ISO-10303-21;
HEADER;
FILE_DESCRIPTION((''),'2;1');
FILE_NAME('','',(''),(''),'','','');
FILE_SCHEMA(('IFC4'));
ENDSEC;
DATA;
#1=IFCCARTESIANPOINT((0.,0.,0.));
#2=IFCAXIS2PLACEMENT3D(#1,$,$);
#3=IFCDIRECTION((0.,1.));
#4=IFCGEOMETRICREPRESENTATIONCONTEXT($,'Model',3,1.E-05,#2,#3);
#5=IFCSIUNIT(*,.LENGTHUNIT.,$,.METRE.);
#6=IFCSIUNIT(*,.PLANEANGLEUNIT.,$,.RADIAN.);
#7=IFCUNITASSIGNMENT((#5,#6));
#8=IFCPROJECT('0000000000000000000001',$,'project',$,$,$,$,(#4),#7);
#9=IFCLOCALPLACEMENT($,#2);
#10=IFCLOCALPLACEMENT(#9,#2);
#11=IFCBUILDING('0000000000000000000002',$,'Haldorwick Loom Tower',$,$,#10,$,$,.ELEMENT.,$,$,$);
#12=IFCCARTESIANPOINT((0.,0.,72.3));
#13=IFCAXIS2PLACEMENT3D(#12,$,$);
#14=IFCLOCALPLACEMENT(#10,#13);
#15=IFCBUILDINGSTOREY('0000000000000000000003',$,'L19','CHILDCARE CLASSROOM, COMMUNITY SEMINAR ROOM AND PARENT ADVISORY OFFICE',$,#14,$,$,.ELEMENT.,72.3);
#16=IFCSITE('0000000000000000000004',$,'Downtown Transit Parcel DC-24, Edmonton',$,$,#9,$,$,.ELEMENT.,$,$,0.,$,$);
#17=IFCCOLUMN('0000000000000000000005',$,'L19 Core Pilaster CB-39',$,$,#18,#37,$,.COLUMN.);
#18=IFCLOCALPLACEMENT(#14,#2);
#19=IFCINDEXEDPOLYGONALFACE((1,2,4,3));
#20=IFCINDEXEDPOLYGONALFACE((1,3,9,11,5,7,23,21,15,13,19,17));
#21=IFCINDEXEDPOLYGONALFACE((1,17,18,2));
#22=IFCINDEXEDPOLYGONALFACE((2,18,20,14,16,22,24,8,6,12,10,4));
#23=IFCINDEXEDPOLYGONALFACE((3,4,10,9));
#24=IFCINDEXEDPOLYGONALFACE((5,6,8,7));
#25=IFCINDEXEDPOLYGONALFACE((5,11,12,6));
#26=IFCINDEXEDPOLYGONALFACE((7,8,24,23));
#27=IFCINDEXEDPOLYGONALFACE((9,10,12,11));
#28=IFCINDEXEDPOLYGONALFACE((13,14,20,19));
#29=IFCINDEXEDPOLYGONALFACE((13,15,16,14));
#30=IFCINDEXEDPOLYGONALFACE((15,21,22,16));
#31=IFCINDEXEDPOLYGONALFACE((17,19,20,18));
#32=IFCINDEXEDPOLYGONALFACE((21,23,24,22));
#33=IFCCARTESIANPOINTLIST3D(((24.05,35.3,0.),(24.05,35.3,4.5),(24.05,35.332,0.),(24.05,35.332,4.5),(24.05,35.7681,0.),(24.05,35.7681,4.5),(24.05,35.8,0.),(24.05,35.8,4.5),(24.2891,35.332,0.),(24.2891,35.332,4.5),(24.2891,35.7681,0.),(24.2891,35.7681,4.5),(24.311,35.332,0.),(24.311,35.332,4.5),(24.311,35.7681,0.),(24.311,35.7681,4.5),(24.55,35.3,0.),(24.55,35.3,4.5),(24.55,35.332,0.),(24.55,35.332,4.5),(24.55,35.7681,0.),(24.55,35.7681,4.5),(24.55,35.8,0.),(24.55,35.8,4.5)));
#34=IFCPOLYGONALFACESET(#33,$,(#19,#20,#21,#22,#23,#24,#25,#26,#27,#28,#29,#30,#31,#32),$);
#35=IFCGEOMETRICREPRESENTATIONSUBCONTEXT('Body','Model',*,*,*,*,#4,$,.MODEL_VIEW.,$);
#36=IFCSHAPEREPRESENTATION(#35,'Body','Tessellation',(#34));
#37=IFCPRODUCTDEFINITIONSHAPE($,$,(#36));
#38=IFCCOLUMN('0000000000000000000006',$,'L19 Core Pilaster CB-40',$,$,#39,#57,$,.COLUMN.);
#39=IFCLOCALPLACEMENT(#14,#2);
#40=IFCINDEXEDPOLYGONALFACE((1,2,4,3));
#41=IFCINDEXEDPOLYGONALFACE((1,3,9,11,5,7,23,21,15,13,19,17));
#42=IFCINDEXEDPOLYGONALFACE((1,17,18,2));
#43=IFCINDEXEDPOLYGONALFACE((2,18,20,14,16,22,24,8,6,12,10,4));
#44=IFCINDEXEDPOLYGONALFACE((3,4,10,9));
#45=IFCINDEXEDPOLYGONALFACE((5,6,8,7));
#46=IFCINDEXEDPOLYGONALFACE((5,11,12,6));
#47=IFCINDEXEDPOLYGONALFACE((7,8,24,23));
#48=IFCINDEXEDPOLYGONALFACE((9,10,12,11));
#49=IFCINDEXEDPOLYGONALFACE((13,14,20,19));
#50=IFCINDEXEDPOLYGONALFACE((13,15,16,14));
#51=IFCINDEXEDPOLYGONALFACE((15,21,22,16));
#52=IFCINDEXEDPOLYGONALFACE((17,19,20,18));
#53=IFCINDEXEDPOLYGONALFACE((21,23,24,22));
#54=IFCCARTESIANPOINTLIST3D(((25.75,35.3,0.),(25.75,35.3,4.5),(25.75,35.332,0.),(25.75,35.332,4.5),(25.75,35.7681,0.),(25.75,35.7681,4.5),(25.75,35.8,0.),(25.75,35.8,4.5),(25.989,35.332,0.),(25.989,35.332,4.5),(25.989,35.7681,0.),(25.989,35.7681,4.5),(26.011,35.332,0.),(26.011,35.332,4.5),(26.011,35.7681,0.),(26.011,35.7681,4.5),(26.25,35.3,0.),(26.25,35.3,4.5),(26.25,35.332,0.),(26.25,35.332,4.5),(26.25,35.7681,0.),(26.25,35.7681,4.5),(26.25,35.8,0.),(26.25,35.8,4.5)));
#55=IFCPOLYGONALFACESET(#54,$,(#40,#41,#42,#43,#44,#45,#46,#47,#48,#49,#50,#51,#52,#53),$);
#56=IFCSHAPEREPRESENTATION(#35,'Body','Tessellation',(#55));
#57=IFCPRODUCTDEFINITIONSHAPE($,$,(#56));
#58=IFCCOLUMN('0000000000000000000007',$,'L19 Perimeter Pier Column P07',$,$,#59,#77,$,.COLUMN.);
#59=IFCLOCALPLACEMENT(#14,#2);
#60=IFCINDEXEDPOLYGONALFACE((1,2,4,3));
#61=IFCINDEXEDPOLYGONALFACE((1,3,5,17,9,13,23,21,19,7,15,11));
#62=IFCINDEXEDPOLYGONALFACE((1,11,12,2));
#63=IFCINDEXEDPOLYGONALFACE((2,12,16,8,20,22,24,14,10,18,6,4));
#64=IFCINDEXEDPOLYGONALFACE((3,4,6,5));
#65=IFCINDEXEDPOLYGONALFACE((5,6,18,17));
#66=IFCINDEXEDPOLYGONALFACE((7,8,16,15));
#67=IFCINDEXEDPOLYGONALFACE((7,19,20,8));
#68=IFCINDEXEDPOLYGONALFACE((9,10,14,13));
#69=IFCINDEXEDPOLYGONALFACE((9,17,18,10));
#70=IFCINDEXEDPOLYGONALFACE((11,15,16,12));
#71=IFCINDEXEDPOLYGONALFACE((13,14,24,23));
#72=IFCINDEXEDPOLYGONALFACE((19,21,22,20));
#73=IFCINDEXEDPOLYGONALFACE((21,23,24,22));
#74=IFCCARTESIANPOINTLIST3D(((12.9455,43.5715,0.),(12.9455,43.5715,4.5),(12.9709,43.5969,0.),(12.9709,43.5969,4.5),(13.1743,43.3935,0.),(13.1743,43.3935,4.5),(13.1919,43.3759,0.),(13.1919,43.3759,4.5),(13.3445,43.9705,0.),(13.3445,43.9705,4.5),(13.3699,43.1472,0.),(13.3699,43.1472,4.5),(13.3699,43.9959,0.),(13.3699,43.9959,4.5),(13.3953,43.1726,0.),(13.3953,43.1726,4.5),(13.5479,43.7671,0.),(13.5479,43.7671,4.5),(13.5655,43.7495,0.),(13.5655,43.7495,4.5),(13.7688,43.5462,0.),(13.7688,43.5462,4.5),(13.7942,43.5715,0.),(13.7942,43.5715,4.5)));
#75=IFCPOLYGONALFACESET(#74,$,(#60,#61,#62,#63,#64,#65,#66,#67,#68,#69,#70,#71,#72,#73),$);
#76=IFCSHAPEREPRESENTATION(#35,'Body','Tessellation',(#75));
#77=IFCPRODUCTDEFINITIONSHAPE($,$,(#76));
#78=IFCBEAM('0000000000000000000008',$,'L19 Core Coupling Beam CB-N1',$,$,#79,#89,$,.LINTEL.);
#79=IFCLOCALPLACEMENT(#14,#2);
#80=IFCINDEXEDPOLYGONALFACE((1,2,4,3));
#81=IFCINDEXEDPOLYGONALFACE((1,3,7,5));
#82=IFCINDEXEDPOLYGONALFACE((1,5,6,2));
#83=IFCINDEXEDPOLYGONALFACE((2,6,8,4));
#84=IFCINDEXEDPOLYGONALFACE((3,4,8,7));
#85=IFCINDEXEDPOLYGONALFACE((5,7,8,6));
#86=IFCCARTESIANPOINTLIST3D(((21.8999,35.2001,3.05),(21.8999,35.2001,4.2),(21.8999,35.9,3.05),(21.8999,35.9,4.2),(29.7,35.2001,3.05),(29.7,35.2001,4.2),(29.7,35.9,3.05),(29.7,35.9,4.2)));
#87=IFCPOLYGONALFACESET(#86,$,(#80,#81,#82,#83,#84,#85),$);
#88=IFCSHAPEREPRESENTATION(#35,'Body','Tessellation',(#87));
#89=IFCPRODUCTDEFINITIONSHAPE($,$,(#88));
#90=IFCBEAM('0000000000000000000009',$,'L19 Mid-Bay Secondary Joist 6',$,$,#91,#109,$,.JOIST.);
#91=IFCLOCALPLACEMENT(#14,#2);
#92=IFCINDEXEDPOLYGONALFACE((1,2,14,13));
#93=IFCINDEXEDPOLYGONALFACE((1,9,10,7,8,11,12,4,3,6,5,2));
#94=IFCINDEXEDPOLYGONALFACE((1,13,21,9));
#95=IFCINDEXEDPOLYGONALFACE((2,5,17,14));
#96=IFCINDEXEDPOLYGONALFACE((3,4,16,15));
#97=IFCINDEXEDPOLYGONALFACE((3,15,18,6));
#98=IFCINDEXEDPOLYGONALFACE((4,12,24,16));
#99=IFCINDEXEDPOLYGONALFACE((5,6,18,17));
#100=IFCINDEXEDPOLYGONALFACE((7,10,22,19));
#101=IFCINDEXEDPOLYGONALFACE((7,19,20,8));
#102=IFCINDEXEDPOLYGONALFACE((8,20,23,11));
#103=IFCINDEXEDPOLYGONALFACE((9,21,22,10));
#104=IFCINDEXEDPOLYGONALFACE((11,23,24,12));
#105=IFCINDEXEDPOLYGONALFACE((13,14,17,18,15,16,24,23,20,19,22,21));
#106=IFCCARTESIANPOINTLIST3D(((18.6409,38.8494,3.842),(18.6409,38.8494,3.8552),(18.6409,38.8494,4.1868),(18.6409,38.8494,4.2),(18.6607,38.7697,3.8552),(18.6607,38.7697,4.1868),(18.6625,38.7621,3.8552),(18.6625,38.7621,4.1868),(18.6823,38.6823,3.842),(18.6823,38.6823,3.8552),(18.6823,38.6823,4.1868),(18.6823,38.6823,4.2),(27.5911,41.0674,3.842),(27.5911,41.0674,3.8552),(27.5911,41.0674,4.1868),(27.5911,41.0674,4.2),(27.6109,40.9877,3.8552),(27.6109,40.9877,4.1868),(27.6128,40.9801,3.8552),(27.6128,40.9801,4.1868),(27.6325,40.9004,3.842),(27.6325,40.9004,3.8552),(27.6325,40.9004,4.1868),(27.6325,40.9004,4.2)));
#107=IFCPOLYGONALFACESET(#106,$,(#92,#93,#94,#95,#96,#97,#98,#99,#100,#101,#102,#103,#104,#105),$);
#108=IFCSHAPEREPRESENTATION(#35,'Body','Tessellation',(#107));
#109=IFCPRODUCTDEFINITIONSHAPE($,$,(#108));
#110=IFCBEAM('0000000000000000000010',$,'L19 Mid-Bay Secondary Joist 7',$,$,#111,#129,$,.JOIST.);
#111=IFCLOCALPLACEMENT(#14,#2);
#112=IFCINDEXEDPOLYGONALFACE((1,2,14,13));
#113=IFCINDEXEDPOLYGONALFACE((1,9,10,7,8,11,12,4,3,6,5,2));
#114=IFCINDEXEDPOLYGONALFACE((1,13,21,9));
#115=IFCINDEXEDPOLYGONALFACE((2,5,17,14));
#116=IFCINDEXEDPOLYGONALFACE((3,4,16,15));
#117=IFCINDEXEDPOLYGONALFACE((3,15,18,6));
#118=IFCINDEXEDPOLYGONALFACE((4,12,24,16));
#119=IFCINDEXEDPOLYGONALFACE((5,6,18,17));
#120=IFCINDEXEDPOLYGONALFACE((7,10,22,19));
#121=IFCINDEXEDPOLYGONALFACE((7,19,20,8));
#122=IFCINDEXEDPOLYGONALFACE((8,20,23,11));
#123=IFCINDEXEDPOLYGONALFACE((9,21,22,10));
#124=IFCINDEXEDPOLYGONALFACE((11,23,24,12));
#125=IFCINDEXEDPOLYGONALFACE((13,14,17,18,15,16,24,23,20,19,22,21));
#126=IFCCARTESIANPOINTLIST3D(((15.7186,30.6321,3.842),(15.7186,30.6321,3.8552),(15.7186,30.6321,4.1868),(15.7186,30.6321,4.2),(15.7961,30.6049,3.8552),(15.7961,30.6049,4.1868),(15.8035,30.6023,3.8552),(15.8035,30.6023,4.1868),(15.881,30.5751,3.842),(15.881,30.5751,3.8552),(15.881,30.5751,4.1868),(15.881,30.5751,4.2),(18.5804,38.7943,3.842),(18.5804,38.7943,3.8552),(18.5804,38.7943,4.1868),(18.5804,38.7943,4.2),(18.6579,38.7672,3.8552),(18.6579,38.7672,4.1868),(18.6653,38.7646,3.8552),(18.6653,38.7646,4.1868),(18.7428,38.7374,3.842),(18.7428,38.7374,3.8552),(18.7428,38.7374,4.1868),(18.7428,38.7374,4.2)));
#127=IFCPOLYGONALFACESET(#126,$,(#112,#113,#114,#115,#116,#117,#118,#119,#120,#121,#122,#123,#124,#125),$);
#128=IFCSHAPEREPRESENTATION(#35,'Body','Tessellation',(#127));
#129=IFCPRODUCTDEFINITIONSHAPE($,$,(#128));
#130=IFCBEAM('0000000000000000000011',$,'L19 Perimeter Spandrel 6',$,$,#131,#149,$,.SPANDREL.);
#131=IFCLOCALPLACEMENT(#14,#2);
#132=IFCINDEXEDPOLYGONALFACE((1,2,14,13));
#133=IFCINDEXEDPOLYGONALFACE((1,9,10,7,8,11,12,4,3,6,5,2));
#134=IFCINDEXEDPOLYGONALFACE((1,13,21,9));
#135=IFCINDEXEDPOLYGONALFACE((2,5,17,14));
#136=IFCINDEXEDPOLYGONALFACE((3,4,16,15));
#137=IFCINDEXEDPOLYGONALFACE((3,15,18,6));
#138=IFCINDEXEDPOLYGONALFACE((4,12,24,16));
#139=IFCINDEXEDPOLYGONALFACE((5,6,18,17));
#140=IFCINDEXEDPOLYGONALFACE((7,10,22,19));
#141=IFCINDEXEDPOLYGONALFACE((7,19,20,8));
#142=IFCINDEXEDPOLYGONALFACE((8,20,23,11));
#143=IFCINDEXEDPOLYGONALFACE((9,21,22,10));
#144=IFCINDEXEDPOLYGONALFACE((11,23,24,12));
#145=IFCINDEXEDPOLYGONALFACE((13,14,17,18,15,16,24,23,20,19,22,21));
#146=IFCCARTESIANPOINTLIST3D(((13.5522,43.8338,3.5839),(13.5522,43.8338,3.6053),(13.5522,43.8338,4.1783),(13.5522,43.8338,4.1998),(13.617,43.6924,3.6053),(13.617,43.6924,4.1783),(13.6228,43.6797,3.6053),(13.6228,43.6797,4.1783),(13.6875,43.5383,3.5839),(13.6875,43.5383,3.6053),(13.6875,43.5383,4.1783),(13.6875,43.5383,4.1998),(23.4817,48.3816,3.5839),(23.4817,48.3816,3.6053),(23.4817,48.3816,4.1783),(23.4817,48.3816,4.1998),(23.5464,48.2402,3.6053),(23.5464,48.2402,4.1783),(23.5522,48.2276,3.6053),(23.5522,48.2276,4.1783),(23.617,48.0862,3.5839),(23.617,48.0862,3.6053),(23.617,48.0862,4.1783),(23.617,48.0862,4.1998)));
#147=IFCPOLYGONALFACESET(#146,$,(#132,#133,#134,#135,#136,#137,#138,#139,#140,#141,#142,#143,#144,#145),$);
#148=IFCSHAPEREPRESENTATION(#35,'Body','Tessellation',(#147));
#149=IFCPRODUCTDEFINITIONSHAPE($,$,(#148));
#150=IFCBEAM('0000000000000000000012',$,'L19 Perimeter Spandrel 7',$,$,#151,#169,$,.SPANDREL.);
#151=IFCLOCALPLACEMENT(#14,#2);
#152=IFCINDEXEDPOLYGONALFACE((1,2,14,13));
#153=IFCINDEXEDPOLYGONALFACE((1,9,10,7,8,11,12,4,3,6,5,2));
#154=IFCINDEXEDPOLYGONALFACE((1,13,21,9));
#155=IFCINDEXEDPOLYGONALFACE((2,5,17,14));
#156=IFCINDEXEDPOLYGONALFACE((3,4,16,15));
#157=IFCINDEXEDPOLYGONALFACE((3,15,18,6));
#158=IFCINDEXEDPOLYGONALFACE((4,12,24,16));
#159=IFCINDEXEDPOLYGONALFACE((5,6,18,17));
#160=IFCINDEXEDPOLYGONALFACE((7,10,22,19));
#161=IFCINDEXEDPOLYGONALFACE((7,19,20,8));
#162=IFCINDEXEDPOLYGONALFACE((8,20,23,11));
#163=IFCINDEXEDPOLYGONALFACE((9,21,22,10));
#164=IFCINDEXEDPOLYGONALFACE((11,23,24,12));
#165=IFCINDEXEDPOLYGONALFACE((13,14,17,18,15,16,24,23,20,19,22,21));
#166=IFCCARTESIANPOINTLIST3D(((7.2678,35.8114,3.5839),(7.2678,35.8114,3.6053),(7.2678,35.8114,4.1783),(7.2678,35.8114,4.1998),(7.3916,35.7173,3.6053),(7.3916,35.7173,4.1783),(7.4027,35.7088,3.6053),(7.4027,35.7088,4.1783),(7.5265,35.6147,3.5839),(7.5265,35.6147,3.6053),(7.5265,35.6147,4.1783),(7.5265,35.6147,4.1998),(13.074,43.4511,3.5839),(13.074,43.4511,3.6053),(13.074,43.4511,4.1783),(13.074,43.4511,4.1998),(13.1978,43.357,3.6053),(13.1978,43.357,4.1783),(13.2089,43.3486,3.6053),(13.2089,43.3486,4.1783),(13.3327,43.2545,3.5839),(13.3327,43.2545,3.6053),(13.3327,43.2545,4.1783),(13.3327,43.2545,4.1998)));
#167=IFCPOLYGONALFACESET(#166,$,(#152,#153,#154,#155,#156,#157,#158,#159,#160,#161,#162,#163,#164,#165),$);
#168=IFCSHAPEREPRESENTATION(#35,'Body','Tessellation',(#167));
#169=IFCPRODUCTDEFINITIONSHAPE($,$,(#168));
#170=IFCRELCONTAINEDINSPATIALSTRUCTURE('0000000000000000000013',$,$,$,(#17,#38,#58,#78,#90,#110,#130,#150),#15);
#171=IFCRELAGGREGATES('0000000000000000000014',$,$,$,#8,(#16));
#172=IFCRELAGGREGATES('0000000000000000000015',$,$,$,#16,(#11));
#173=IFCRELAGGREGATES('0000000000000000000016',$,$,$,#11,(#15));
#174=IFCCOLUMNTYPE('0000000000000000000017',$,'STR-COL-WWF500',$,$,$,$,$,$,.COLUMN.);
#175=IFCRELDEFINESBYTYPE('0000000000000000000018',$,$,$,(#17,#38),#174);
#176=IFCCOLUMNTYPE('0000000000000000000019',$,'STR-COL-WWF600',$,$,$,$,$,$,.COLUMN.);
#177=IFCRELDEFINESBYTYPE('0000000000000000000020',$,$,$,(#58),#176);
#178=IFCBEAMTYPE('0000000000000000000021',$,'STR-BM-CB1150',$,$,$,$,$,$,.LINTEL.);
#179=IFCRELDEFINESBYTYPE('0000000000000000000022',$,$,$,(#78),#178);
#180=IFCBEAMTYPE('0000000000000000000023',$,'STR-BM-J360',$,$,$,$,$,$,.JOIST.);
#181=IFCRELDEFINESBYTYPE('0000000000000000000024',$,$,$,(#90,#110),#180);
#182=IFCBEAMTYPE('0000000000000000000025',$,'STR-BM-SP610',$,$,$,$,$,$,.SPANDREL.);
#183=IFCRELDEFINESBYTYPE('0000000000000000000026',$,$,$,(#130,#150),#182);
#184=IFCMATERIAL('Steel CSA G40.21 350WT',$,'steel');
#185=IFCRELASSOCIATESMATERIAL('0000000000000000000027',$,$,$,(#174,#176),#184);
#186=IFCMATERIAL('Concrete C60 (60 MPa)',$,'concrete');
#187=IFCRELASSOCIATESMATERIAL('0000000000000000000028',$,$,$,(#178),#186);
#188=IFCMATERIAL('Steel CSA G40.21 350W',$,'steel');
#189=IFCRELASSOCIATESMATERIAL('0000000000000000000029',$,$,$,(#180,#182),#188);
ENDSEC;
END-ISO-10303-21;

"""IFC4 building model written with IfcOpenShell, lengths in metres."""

from ifc_helpers import new_model, si_unit, direction, frame, origin, origin_2d, place, context, subcontext, project, spatial, rectangle, i_section, extrude, material, material_profile, profile_set, type_object, element, save


model = new_model("IFC4")

# Units and contexts
model_context = context("Model", 3, precision=1e-05, world=origin(), true_north=direction((0.0, 1.0)))
body_context = subcontext(model_context, "Body", "Model", "MODEL_VIEW")
ifc_project = project(units=[si_unit("LENGTHUNIT", "METRE"), si_unit("PLANEANGLEUNIT", "RADIAN")], contexts=[model_context])

# Site, building, storey
site_placement = place(None, origin())
site = spatial("IfcSite", under=ifc_project, at=site_placement, Name="Downtown Transit Parcel DC-24, Edmonton", CompositionType="ELEMENT", RefElevation=0.0)
building_placement = place(site_placement, origin())
building = spatial("IfcBuilding", under=site, at=building_placement, Name="Haldorwick Loom Tower", CompositionType="ELEMENT")
storey_placement = place(building_placement, frame((0.0, 0.0, 72.3)))
storey = spatial("IfcBuildingStorey", under=building, at=storey_placement, Name="L19", Description="CHILDCARE CLASSROOM, COMMUNITY SEMINAR ROOM AND PARENT ADVISORY OFFICE", CompositionType="ELEMENT", Elevation=72.3)

# Columns
ifc_material_1 = material(Name="Concrete C60 (60 MPa)", Category="concrete")
ifc_material_2 = material(Name="Steel CSA G40.21 350WT", Category="steel")
ifc_material_profile_1 = material_profile(ifc_material_2, i_section(OverallWidth=0.5, OverallDepth=0.5, WebThickness=0.022, FlangeThickness=0.032, at=origin_2d()), Name="WWF500X500", Category="steel")
ifc_profile_set_1 = profile_set([ifc_material_profile_1], Name="Steel CSA G40.21 350WT")
column_type_1 = type_object("IfcColumnType", Name="STR-COL-WWF500", PredefinedType="COLUMN", material=ifc_profile_set_1)
for number, where, z_axis, x_axis, name in (
    (1, (24.3, 35.55, 0.0), (0.0, 0.0, 1.0), (1.0, 0.0, 0.0), "L19 Core Pilaster CB-39"),
    (2, (26.0, 35.55, 0.0), (0.0, 0.0, 1.0), (1.0, 0.0, 0.0), "L19 Core Pilaster CB-40"),
):
    element("IfcColumn", number, at=place(storey_placement, frame(where, z_axis=z_axis, x_axis=x_axis)), inside=storey, type_object=column_type_1, Name=name, PredefinedType="COLUMN", context=body_context, shape_type="SweptSolid", body=[
        extrude(i_section(OverallWidth=0.5, OverallDepth=0.5, WebThickness=0.022, FlangeThickness=0.032, at=origin_2d()), origin(), (0.0, 0.0, 1.0), 4.5),
    ])
ifc_material_profile_2 = material_profile(ifc_material_2, i_section(OverallWidth=0.6001, OverallDepth=0.6001, WebThickness=0.0249, FlangeThickness=0.0359, at=origin_2d()), Name="WWF600X600", Category="steel")
ifc_profile_set_2 = profile_set([ifc_material_profile_2], Name="Steel CSA G40.21 350WT")
column_type_2 = type_object("IfcColumnType", Name="STR-COL-WWF600", PredefinedType="COLUMN", material=ifc_profile_set_2)
column_placement = place(storey_placement, frame((13.3699, 43.5715, 0.0), z_axis=(0.0, 0.0, 1.0), x_axis=(-0.707107, 0.707107, 0.0)))
element("IfcColumn", 3, at=column_placement, inside=storey, type_object=column_type_2, Name="L19 Perimeter Pier Column P07", PredefinedType="COLUMN", context=body_context, shape_type="SweptSolid", body=[
    extrude(i_section(OverallWidth=0.6001, OverallDepth=0.6001, WebThickness=0.0249, FlangeThickness=0.0359, at=origin_2d()), origin(), (0.0, 0.0, 1.0), 4.5),
])

# Beams
ifc_material_profile_3 = material_profile(ifc_material_1, rectangle(XDim=0.7, YDim=1.1499, at=origin_2d()), Name="RC700X1150", Category="concrete")
ifc_profile_set_3 = profile_set([ifc_material_profile_3], Name="Concrete C60 (60 MPa)")
beam_type_1 = type_object("IfcBeamType", Name="STR-BM-CB1150", PredefinedType="LINTEL", material=ifc_profile_set_3)
beam_1_placement = place(storey_placement, frame((21.8999, 35.55, 3.625), z_axis=(1.0, 0.0, 0.0), x_axis=(0.0, 1.0, 0.0)))
element("IfcBeam", 4, at=beam_1_placement, inside=storey, type_object=beam_type_1, Name="L19 Core Coupling Beam CB-N1", PredefinedType="LINTEL", context=body_context, shape_type="SweptSolid", body=[
    extrude(rectangle(XDim=0.7, YDim=1.1499, at=origin_2d()), origin(), (0.0, 0.0, 1.0), 7.8),
])
ifc_material_3 = material(Name="Steel CSA G40.21 350W", Category="steel")
ifc_material_profile_4 = material_profile(ifc_material_3, i_section(OverallWidth=0.1721, OverallDepth=0.3579, WebThickness=0.0078, FlangeThickness=0.0132, at=origin_2d()), Name="W360X57", Category="steel")
ifc_profile_set_4 = profile_set([ifc_material_profile_4], Name="Steel CSA G40.21 350W")
beam_type_2 = type_object("IfcBeamType", Name="STR-BM-J360", PredefinedType="JOIST", material=ifc_profile_set_4)
beam_2_placement = place(storey_placement, frame((27.6118, 40.9839, 4.021), z_axis=(-0.970639, -0.240542, 0.0), x_axis=(0.240542, -0.970639, 0.0)))
element("IfcBeam", 5, at=beam_2_placement, inside=storey, type_object=beam_type_2, Name="L19 Mid-Bay Secondary Joist 6", PredefinedType="JOIST", context=body_context, shape_type="SweptSolid", body=[
    extrude(i_section(OverallWidth=0.1721, OverallDepth=0.3579, WebThickness=0.0078, FlangeThickness=0.0132, at=origin_2d()), origin(), (0.0, 0.0, 1.0), 9.2209),
])
beam_3_placement = place(storey_placement, frame((18.6616, 38.7659, 4.021), z_axis=(-0.330865, -0.943678, 0.0), x_axis=(0.943678, -0.330865, 0.0)))
element("IfcBeam", 6, at=beam_3_placement, inside=storey, type_object=beam_type_2, Name="L19 Mid-Bay Secondary Joist 7", PredefinedType="JOIST", context=body_context, shape_type="SweptSolid", body=[
    extrude(i_section(OverallWidth=0.1721, OverallDepth=0.3579, WebThickness=0.0078, FlangeThickness=0.0132, at=origin_2d()), origin(), (0.0, 0.0, 1.0), 8.6494),
])
ifc_material_profile_5 = material_profile(ifc_material_3, i_section(OverallWidth=0.325, OverallDepth=0.616, WebThickness=0.0139, FlangeThickness=0.0215, at=origin_2d()), Name="W610X174", Category="steel")
ifc_profile_set_5 = profile_set([ifc_material_profile_5], Name="Steel CSA G40.21 350W")
beam_type_3 = type_object("IfcBeamType", Name="STR-BM-SP610", PredefinedType="SPANDREL", material=ifc_profile_set_5)
beam_4_placement = place(storey_placement, frame((23.5493, 48.2339, 3.8918), z_axis=(-0.909174, -0.416417, 0.0), x_axis=(0.416417, -0.909174, 0.0)))
element("IfcBeam", 7, at=beam_4_placement, inside=storey, type_object=beam_type_3, Name="L19 Perimeter Spandrel 6", PredefinedType="SPANDREL", context=body_context, shape_type="SweptSolid", body=[
    extrude(i_section(OverallWidth=0.325, OverallDepth=0.616, WebThickness=0.0139, FlangeThickness=0.0215, at=origin_2d()), origin(), (0.0, 0.0, 1.0), 10.9214),
])
beam_5_placement = place(storey_placement, frame((13.2034, 43.3528, 3.8918), z_axis=(-0.605085, -0.796161, 0.0), x_axis=(0.796161, -0.605085, 0.0)))
element("IfcBeam", 8, at=beam_5_placement, inside=storey, type_object=beam_type_3, Name="L19 Perimeter Spandrel 7", PredefinedType="SPANDREL", context=body_context, shape_type="SweptSolid", body=[
    extrude(i_section(OverallWidth=0.325, OverallDepth=0.616, WebThickness=0.0139, FlangeThickness=0.0215, at=origin_2d()), origin(), (0.0, 0.0, 1.0), 9.5957),
])

save(model, "model.ifc")
